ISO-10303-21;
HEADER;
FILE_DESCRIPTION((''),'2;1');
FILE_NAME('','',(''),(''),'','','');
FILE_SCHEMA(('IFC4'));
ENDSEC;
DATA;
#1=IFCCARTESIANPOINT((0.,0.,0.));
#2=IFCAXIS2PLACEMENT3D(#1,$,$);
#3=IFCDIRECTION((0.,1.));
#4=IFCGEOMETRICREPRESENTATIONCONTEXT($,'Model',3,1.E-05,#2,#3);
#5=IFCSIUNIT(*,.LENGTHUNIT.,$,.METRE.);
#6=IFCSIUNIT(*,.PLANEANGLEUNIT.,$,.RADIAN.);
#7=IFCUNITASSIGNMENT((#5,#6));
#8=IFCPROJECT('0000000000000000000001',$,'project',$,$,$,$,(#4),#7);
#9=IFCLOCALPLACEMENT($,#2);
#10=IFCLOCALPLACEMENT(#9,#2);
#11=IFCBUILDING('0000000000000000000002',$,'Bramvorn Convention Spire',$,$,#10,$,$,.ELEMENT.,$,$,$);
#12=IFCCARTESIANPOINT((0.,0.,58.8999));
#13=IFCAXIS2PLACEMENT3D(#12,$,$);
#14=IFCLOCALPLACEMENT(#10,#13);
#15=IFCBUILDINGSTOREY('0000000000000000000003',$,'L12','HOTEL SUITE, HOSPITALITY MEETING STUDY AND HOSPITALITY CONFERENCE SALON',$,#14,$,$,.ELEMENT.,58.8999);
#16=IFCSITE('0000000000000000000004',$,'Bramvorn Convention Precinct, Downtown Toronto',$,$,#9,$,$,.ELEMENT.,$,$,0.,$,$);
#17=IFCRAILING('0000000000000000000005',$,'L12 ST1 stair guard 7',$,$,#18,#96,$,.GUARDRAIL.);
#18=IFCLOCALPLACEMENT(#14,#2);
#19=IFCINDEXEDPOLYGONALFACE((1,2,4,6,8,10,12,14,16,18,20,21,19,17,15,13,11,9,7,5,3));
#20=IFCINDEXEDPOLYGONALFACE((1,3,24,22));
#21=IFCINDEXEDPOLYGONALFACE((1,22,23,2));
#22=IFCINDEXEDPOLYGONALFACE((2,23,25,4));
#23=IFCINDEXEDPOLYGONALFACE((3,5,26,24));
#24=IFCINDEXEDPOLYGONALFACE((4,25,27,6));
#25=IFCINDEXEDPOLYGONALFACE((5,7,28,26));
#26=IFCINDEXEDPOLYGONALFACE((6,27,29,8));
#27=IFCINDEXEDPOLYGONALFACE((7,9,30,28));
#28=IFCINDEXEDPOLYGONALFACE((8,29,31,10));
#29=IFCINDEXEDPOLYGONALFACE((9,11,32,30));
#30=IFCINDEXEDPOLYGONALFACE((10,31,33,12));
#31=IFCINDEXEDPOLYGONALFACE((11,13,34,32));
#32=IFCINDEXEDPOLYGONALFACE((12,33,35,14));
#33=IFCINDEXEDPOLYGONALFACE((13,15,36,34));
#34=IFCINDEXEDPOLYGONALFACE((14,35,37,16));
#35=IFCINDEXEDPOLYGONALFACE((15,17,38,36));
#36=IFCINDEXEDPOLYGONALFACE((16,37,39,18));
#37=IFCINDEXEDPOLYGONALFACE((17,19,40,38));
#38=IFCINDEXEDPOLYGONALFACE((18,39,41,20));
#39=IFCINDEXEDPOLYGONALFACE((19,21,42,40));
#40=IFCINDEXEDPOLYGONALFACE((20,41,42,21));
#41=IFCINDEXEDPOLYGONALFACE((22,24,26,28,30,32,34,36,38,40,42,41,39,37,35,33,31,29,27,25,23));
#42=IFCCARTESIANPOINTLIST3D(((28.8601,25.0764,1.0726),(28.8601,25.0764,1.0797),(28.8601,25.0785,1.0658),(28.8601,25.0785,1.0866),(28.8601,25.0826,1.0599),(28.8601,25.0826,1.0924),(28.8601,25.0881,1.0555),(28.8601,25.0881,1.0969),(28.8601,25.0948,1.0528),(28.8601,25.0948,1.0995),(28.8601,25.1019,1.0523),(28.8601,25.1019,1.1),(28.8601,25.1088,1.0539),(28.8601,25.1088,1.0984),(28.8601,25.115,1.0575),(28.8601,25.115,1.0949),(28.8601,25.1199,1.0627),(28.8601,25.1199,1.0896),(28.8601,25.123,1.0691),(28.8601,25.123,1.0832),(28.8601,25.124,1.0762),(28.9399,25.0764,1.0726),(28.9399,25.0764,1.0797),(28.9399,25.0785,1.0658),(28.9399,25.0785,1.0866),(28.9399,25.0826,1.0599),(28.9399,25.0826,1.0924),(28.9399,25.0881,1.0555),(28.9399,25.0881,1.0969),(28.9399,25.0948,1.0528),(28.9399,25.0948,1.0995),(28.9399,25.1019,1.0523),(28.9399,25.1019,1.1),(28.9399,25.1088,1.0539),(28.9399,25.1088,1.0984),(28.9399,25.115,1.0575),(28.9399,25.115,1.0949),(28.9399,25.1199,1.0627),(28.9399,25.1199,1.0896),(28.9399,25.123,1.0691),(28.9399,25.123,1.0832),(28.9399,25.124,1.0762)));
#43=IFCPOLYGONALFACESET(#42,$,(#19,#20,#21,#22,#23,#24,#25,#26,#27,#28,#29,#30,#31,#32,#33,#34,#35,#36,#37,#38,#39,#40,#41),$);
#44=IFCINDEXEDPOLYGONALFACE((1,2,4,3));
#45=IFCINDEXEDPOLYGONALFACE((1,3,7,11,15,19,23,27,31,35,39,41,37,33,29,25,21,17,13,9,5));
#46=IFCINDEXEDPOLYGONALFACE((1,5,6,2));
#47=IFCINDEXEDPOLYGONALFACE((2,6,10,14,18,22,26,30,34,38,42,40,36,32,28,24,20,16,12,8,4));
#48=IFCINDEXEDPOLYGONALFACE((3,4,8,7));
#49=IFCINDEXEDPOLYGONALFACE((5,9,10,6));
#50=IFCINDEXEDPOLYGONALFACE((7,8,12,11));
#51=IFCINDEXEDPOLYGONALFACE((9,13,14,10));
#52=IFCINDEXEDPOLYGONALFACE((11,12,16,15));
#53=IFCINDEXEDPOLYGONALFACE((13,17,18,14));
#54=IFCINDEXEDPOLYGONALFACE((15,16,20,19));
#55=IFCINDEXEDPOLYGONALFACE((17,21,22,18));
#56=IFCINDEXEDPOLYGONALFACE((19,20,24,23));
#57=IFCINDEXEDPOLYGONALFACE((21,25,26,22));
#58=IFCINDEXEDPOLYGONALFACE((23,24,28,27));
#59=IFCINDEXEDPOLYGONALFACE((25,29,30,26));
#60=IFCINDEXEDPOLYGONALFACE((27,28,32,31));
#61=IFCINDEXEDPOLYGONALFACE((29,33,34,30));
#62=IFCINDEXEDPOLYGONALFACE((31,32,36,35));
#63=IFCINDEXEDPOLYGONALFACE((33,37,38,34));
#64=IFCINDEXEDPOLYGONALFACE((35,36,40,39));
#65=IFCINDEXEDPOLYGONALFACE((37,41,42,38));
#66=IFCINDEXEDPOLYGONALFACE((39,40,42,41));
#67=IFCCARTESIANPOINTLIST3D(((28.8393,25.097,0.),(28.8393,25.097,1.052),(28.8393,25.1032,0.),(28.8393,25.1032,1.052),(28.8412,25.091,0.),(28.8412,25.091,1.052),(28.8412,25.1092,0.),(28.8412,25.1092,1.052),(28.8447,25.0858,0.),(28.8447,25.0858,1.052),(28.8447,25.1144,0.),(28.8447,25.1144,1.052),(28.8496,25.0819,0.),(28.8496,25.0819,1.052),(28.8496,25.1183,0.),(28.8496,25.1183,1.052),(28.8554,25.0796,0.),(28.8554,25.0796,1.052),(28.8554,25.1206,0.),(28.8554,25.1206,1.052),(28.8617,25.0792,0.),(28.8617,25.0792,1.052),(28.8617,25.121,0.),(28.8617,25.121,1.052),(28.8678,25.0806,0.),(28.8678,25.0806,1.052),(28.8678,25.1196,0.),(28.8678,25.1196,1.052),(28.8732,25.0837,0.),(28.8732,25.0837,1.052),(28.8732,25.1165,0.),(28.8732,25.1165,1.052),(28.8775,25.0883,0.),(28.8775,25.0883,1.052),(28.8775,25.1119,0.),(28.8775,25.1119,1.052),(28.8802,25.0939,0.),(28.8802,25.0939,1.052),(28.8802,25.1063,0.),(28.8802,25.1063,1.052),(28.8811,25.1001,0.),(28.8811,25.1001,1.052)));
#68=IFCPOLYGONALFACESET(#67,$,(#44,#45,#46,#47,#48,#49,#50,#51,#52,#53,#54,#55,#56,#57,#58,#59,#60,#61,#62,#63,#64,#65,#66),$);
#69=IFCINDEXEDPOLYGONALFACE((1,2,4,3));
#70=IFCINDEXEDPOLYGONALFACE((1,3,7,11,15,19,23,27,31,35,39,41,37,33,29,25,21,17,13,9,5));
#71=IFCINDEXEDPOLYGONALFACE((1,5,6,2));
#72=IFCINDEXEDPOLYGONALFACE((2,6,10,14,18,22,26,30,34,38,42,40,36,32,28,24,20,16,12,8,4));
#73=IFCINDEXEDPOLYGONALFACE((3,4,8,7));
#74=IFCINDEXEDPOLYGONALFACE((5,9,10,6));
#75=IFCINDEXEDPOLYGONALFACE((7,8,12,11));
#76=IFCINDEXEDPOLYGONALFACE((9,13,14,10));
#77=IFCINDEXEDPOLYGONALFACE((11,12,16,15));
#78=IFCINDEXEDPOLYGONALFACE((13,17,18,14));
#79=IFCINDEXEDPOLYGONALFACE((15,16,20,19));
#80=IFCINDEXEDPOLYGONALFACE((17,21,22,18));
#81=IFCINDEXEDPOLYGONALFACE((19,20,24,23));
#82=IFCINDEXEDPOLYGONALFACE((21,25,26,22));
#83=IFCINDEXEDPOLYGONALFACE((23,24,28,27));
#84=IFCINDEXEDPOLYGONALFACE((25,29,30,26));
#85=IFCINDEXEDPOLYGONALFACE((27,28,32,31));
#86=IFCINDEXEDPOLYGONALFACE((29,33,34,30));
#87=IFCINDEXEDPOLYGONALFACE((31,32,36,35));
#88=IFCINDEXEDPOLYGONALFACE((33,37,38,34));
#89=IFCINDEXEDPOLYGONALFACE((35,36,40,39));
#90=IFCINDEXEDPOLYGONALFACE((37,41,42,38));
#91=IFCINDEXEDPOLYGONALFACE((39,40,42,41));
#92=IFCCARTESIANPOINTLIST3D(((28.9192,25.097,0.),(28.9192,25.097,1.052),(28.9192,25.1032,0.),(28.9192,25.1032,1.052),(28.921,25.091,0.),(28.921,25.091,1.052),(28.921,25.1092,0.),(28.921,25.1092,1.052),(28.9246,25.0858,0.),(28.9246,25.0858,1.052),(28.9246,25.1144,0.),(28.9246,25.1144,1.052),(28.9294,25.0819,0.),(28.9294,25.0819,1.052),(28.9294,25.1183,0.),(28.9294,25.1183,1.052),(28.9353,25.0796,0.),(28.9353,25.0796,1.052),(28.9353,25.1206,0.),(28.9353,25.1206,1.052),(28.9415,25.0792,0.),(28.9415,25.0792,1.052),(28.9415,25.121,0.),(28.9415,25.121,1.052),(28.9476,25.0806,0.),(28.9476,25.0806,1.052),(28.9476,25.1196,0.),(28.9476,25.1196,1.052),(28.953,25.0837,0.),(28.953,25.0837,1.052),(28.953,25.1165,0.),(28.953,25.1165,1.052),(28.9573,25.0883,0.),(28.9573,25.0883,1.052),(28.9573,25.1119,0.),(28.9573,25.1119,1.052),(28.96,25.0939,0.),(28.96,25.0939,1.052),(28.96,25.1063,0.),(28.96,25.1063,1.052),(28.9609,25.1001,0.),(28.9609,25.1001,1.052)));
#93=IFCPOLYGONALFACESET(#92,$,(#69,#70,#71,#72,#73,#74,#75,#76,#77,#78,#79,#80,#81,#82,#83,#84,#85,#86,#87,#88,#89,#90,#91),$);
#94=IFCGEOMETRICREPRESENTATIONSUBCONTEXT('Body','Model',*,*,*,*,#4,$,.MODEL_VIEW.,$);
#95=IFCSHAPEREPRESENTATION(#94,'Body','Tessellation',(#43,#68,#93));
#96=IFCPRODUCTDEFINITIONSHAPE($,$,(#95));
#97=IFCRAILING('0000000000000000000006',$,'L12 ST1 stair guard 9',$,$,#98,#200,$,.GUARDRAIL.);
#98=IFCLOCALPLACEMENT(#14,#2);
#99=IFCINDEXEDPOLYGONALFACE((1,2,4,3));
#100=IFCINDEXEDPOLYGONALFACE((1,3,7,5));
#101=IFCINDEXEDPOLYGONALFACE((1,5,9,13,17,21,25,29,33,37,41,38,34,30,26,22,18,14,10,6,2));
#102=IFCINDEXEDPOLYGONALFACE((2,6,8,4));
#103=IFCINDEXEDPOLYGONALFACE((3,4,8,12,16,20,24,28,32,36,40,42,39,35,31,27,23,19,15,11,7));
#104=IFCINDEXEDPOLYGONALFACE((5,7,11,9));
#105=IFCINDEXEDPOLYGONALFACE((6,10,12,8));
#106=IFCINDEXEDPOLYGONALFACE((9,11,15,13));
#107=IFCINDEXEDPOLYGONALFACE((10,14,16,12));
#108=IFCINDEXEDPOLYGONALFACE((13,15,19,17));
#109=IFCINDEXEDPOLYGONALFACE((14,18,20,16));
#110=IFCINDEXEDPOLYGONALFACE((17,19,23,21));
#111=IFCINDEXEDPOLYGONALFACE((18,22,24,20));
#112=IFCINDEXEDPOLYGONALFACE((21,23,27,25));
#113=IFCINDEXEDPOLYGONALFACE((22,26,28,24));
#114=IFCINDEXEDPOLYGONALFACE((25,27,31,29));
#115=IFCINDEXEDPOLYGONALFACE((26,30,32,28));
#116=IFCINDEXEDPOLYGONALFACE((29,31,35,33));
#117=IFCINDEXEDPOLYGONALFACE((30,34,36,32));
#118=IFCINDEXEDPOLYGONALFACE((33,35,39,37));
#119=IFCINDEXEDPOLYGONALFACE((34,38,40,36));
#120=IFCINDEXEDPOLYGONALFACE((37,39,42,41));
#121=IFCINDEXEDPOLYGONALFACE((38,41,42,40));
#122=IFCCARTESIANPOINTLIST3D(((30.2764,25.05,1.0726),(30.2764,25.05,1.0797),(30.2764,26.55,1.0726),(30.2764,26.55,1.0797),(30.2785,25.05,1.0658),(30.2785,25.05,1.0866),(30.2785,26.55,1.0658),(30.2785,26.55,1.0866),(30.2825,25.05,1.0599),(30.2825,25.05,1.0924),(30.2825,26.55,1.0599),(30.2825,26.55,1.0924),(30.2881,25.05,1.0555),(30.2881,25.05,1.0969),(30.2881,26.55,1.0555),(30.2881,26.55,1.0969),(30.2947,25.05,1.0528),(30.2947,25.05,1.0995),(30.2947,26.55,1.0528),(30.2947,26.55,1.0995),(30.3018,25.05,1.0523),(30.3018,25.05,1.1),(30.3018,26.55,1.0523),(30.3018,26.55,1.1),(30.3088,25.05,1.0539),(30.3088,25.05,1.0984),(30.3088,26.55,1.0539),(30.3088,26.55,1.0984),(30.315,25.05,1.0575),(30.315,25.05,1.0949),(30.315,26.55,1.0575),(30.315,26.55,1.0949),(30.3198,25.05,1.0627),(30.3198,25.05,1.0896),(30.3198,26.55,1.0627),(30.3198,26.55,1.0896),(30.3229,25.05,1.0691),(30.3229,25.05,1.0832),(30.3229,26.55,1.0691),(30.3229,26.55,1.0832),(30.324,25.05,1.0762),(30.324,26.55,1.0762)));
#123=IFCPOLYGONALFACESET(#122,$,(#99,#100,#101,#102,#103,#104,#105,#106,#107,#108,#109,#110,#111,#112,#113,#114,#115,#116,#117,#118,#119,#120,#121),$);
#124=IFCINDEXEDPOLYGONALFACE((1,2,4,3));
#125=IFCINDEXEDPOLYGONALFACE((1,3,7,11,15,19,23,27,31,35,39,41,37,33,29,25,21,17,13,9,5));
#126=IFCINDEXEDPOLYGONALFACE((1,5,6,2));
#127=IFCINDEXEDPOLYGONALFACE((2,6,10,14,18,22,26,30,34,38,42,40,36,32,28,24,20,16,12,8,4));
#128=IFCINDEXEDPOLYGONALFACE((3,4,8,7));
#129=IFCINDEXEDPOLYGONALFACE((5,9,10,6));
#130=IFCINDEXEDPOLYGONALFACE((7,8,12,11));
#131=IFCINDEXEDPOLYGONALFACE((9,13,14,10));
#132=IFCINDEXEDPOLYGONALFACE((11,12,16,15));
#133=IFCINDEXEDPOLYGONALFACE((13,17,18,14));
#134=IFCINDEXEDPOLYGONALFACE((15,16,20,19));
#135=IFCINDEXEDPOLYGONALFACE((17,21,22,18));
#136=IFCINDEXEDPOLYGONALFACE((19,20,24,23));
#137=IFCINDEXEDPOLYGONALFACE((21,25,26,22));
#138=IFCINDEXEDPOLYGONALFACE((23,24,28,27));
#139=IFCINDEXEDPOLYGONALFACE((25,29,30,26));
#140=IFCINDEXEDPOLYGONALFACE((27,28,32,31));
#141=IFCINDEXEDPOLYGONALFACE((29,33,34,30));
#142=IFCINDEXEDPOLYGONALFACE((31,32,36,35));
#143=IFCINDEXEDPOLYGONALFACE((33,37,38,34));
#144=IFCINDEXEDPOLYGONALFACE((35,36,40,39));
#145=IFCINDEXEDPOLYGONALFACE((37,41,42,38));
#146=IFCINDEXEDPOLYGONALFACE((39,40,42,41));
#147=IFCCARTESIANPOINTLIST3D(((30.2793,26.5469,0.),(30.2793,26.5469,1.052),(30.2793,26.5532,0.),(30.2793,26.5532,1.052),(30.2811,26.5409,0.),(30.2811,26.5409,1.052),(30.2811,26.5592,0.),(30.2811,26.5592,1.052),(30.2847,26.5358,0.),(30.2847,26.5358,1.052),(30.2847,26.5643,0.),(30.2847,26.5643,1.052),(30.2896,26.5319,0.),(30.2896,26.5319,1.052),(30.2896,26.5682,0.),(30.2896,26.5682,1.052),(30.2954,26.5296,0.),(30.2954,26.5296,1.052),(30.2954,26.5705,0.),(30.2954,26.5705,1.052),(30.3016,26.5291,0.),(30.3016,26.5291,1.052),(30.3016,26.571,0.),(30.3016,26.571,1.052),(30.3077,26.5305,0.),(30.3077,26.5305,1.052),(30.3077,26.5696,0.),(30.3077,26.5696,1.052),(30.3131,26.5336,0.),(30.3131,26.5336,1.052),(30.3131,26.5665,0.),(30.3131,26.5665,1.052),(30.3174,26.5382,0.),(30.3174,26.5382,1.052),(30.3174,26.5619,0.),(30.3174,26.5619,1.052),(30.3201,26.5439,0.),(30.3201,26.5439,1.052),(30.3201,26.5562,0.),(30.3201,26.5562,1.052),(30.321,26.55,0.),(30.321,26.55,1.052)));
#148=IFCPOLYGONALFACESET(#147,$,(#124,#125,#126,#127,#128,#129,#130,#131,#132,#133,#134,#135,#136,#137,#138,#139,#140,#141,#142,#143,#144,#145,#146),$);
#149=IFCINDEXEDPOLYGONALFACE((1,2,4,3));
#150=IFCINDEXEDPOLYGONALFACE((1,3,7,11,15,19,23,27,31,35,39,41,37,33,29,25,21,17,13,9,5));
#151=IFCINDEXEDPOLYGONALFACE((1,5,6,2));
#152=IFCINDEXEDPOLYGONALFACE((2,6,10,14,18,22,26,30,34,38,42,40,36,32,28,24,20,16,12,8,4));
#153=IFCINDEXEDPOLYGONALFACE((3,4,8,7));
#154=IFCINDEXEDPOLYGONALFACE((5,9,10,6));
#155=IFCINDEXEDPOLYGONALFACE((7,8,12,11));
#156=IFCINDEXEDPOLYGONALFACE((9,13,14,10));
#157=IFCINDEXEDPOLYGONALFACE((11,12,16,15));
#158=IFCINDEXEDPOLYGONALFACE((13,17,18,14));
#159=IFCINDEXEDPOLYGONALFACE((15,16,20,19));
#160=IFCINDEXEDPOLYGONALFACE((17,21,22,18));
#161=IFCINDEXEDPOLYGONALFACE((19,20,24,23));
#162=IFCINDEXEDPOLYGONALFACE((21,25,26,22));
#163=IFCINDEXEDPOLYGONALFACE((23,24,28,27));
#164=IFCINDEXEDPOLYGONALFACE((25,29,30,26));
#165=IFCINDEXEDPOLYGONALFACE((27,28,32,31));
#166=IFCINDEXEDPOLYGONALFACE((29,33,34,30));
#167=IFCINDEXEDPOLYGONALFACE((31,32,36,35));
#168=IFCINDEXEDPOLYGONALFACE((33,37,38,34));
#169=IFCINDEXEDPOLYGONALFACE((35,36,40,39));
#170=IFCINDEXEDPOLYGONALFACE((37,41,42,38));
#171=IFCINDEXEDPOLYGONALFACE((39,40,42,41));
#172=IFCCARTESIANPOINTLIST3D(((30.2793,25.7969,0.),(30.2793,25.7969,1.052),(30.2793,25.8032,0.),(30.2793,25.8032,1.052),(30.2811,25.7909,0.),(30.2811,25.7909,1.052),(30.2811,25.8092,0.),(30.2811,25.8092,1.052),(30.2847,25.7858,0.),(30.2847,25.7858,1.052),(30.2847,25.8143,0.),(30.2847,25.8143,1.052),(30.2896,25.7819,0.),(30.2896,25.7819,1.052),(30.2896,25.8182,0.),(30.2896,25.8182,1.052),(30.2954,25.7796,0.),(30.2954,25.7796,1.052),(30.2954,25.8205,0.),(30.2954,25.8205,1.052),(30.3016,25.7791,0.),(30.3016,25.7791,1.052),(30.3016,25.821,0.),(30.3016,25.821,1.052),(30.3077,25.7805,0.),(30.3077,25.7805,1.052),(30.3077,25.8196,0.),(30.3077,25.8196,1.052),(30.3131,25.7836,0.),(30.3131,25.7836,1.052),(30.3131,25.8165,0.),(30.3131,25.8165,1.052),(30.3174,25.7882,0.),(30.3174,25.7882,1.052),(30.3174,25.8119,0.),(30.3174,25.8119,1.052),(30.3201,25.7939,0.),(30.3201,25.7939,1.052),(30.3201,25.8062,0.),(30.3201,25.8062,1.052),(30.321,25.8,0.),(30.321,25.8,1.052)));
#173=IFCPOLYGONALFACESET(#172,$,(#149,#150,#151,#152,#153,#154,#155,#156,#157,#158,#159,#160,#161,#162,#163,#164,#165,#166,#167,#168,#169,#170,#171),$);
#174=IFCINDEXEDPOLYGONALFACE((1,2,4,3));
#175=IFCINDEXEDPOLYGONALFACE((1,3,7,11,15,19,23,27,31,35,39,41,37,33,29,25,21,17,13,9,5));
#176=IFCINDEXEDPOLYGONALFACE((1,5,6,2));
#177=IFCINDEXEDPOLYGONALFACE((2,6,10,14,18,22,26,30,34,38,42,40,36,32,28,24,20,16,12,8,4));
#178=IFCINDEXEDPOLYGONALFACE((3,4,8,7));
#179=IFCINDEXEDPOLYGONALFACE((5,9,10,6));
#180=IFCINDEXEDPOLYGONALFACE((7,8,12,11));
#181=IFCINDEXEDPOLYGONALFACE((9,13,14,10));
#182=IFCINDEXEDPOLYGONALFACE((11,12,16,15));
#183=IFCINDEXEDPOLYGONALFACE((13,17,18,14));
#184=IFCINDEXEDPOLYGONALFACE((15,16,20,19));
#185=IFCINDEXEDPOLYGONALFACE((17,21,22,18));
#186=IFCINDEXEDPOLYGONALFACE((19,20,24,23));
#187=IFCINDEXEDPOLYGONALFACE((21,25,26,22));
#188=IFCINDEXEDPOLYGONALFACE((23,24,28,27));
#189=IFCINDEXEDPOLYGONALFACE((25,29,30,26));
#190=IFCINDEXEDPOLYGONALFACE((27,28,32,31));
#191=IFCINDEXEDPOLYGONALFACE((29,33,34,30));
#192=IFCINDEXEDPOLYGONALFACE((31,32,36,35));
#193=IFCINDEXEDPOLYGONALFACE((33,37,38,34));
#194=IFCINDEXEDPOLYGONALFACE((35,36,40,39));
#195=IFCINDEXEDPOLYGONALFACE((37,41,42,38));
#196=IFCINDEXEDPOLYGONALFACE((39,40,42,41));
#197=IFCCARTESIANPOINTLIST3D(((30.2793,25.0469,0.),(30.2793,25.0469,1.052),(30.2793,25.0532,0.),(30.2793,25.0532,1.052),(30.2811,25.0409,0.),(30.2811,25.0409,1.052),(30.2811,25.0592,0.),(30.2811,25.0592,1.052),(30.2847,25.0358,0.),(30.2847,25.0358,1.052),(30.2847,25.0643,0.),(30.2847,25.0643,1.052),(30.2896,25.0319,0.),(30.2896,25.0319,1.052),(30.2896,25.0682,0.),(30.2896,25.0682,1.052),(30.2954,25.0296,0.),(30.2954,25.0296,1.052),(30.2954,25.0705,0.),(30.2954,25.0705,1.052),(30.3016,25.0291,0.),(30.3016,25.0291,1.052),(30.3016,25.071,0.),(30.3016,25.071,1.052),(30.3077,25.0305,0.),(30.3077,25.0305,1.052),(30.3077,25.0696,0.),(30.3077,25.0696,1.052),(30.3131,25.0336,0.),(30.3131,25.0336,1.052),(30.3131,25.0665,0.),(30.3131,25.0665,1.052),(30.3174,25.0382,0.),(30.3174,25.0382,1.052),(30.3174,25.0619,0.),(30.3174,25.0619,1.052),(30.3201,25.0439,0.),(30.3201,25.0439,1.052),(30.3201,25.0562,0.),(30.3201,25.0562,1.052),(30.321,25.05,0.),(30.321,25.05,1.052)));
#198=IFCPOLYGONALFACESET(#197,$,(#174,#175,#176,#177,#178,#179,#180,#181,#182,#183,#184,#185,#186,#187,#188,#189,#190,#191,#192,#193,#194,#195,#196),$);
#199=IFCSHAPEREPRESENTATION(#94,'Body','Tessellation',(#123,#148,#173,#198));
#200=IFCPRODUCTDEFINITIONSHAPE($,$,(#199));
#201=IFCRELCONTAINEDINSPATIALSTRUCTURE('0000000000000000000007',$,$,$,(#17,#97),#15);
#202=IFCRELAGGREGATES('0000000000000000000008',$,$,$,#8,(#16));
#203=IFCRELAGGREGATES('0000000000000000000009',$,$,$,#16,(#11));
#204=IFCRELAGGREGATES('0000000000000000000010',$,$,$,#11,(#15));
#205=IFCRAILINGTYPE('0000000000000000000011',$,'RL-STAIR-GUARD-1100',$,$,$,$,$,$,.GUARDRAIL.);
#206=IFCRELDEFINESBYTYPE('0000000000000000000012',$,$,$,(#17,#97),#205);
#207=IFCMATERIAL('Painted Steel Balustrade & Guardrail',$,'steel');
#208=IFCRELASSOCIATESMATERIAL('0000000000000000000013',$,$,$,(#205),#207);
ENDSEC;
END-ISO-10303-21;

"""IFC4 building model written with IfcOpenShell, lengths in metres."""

from ifc_helpers import new_model, si_unit, direction, frame, origin, origin_2d, place, context, subcontext, project, spatial, circle, extrude, material, type_object, element, save


model = new_model("IFC4")

# Units and contexts
model_context = context("Model", 3, precision=1e-05, world=origin(), true_north=direction((0.0, 1.0)))
body_context = subcontext(model_context, "Body", "Model", "MODEL_VIEW")
ifc_project = project(units=[si_unit("LENGTHUNIT", "METRE"), si_unit("PLANEANGLEUNIT", "RADIAN")], contexts=[model_context])

# Site, building, storey
site_placement = place(None, origin())
site = spatial("IfcSite", under=ifc_project, at=site_placement, Name="Bramvorn Convention Precinct, Downtown Toronto", CompositionType="ELEMENT", RefElevation=0.0)
building_placement = place(site_placement, origin())
building = spatial("IfcBuilding", under=site, at=building_placement, Name="Bramvorn Convention Spire", CompositionType="ELEMENT")
storey_placement = place(building_placement, frame((0.0, 0.0, 58.8999)))
storey = spatial("IfcBuildingStorey", under=building, at=storey_placement, Name="L12", Description="HOTEL SUITE, HOSPITALITY MEETING STUDY AND HOSPITALITY CONFERENCE SALON", CompositionType="ELEMENT", Elevation=58.8999)

# Railings
ifc_material_1 = material(Name="Painted Steel Balustrade & Guardrail", Category="steel")
railing_type_1 = type_object("IfcRailingType", Name="RL-STAIR-GUARD-1100", PredefinedType="GUARDRAIL", material=ifc_material_1)
railing_1_placement = place(storey_placement, frame((28.8601, 25.1001, 0.0)))
element("IfcRailing", 1, at=railing_1_placement, inside=storey, type_object=railing_type_1, Name="L12 ST1 stair guard 7", PredefinedType="GUARDRAIL", context=body_context, shape_type="SweptSolid", body=[
    extrude(circle(Radius=0.0239, at=origin_2d()), frame((0.0, 0.0, 1.0762), z_axis=(1.0, 0.0, 0.0), x_axis=(0.0, 1.0, 0.0)), (0.0, 0.0, 1.0), 0.0798),
    extrude(circle(Radius=0.021, at=origin_2d()), origin(), (0.0, 0.0, 1.0), 1.052),
    extrude(circle(Radius=0.021, at=origin_2d()), frame((0.0798, 0.0, 0.0)), (0.0, 0.0, 1.0), 1.052),
])
railing_2_placement = place(storey_placement, frame((30.3, 26.55, 0.0)))
element("IfcRailing", 2, at=railing_2_placement, inside=storey, type_object=railing_type_1, Name="L12 ST1 stair guard 9", PredefinedType="GUARDRAIL", context=body_context, shape_type="SweptSolid", body=[
    extrude(circle(Radius=0.0239, at=origin_2d()), frame((0.0, 0.0, 1.0762), z_axis=(0.0, -1.0, 0.0), x_axis=(1.0, 0.0, 0.0)), (0.0, 0.0, 1.0), 1.5),
    extrude(circle(Radius=0.021, at=origin_2d()), origin(), (0.0, 0.0, 1.0), 1.052),
    extrude(circle(Radius=0.021, at=origin_2d()), frame((0.0, -0.75, 0.0)), (0.0, 0.0, 1.0), 1.052),
    extrude(circle(Radius=0.021, at=origin_2d()), frame((0.0, -1.5, 0.0)), (0.0, 0.0, 1.0), 1.052),
])

save(model, "model.ifc")
